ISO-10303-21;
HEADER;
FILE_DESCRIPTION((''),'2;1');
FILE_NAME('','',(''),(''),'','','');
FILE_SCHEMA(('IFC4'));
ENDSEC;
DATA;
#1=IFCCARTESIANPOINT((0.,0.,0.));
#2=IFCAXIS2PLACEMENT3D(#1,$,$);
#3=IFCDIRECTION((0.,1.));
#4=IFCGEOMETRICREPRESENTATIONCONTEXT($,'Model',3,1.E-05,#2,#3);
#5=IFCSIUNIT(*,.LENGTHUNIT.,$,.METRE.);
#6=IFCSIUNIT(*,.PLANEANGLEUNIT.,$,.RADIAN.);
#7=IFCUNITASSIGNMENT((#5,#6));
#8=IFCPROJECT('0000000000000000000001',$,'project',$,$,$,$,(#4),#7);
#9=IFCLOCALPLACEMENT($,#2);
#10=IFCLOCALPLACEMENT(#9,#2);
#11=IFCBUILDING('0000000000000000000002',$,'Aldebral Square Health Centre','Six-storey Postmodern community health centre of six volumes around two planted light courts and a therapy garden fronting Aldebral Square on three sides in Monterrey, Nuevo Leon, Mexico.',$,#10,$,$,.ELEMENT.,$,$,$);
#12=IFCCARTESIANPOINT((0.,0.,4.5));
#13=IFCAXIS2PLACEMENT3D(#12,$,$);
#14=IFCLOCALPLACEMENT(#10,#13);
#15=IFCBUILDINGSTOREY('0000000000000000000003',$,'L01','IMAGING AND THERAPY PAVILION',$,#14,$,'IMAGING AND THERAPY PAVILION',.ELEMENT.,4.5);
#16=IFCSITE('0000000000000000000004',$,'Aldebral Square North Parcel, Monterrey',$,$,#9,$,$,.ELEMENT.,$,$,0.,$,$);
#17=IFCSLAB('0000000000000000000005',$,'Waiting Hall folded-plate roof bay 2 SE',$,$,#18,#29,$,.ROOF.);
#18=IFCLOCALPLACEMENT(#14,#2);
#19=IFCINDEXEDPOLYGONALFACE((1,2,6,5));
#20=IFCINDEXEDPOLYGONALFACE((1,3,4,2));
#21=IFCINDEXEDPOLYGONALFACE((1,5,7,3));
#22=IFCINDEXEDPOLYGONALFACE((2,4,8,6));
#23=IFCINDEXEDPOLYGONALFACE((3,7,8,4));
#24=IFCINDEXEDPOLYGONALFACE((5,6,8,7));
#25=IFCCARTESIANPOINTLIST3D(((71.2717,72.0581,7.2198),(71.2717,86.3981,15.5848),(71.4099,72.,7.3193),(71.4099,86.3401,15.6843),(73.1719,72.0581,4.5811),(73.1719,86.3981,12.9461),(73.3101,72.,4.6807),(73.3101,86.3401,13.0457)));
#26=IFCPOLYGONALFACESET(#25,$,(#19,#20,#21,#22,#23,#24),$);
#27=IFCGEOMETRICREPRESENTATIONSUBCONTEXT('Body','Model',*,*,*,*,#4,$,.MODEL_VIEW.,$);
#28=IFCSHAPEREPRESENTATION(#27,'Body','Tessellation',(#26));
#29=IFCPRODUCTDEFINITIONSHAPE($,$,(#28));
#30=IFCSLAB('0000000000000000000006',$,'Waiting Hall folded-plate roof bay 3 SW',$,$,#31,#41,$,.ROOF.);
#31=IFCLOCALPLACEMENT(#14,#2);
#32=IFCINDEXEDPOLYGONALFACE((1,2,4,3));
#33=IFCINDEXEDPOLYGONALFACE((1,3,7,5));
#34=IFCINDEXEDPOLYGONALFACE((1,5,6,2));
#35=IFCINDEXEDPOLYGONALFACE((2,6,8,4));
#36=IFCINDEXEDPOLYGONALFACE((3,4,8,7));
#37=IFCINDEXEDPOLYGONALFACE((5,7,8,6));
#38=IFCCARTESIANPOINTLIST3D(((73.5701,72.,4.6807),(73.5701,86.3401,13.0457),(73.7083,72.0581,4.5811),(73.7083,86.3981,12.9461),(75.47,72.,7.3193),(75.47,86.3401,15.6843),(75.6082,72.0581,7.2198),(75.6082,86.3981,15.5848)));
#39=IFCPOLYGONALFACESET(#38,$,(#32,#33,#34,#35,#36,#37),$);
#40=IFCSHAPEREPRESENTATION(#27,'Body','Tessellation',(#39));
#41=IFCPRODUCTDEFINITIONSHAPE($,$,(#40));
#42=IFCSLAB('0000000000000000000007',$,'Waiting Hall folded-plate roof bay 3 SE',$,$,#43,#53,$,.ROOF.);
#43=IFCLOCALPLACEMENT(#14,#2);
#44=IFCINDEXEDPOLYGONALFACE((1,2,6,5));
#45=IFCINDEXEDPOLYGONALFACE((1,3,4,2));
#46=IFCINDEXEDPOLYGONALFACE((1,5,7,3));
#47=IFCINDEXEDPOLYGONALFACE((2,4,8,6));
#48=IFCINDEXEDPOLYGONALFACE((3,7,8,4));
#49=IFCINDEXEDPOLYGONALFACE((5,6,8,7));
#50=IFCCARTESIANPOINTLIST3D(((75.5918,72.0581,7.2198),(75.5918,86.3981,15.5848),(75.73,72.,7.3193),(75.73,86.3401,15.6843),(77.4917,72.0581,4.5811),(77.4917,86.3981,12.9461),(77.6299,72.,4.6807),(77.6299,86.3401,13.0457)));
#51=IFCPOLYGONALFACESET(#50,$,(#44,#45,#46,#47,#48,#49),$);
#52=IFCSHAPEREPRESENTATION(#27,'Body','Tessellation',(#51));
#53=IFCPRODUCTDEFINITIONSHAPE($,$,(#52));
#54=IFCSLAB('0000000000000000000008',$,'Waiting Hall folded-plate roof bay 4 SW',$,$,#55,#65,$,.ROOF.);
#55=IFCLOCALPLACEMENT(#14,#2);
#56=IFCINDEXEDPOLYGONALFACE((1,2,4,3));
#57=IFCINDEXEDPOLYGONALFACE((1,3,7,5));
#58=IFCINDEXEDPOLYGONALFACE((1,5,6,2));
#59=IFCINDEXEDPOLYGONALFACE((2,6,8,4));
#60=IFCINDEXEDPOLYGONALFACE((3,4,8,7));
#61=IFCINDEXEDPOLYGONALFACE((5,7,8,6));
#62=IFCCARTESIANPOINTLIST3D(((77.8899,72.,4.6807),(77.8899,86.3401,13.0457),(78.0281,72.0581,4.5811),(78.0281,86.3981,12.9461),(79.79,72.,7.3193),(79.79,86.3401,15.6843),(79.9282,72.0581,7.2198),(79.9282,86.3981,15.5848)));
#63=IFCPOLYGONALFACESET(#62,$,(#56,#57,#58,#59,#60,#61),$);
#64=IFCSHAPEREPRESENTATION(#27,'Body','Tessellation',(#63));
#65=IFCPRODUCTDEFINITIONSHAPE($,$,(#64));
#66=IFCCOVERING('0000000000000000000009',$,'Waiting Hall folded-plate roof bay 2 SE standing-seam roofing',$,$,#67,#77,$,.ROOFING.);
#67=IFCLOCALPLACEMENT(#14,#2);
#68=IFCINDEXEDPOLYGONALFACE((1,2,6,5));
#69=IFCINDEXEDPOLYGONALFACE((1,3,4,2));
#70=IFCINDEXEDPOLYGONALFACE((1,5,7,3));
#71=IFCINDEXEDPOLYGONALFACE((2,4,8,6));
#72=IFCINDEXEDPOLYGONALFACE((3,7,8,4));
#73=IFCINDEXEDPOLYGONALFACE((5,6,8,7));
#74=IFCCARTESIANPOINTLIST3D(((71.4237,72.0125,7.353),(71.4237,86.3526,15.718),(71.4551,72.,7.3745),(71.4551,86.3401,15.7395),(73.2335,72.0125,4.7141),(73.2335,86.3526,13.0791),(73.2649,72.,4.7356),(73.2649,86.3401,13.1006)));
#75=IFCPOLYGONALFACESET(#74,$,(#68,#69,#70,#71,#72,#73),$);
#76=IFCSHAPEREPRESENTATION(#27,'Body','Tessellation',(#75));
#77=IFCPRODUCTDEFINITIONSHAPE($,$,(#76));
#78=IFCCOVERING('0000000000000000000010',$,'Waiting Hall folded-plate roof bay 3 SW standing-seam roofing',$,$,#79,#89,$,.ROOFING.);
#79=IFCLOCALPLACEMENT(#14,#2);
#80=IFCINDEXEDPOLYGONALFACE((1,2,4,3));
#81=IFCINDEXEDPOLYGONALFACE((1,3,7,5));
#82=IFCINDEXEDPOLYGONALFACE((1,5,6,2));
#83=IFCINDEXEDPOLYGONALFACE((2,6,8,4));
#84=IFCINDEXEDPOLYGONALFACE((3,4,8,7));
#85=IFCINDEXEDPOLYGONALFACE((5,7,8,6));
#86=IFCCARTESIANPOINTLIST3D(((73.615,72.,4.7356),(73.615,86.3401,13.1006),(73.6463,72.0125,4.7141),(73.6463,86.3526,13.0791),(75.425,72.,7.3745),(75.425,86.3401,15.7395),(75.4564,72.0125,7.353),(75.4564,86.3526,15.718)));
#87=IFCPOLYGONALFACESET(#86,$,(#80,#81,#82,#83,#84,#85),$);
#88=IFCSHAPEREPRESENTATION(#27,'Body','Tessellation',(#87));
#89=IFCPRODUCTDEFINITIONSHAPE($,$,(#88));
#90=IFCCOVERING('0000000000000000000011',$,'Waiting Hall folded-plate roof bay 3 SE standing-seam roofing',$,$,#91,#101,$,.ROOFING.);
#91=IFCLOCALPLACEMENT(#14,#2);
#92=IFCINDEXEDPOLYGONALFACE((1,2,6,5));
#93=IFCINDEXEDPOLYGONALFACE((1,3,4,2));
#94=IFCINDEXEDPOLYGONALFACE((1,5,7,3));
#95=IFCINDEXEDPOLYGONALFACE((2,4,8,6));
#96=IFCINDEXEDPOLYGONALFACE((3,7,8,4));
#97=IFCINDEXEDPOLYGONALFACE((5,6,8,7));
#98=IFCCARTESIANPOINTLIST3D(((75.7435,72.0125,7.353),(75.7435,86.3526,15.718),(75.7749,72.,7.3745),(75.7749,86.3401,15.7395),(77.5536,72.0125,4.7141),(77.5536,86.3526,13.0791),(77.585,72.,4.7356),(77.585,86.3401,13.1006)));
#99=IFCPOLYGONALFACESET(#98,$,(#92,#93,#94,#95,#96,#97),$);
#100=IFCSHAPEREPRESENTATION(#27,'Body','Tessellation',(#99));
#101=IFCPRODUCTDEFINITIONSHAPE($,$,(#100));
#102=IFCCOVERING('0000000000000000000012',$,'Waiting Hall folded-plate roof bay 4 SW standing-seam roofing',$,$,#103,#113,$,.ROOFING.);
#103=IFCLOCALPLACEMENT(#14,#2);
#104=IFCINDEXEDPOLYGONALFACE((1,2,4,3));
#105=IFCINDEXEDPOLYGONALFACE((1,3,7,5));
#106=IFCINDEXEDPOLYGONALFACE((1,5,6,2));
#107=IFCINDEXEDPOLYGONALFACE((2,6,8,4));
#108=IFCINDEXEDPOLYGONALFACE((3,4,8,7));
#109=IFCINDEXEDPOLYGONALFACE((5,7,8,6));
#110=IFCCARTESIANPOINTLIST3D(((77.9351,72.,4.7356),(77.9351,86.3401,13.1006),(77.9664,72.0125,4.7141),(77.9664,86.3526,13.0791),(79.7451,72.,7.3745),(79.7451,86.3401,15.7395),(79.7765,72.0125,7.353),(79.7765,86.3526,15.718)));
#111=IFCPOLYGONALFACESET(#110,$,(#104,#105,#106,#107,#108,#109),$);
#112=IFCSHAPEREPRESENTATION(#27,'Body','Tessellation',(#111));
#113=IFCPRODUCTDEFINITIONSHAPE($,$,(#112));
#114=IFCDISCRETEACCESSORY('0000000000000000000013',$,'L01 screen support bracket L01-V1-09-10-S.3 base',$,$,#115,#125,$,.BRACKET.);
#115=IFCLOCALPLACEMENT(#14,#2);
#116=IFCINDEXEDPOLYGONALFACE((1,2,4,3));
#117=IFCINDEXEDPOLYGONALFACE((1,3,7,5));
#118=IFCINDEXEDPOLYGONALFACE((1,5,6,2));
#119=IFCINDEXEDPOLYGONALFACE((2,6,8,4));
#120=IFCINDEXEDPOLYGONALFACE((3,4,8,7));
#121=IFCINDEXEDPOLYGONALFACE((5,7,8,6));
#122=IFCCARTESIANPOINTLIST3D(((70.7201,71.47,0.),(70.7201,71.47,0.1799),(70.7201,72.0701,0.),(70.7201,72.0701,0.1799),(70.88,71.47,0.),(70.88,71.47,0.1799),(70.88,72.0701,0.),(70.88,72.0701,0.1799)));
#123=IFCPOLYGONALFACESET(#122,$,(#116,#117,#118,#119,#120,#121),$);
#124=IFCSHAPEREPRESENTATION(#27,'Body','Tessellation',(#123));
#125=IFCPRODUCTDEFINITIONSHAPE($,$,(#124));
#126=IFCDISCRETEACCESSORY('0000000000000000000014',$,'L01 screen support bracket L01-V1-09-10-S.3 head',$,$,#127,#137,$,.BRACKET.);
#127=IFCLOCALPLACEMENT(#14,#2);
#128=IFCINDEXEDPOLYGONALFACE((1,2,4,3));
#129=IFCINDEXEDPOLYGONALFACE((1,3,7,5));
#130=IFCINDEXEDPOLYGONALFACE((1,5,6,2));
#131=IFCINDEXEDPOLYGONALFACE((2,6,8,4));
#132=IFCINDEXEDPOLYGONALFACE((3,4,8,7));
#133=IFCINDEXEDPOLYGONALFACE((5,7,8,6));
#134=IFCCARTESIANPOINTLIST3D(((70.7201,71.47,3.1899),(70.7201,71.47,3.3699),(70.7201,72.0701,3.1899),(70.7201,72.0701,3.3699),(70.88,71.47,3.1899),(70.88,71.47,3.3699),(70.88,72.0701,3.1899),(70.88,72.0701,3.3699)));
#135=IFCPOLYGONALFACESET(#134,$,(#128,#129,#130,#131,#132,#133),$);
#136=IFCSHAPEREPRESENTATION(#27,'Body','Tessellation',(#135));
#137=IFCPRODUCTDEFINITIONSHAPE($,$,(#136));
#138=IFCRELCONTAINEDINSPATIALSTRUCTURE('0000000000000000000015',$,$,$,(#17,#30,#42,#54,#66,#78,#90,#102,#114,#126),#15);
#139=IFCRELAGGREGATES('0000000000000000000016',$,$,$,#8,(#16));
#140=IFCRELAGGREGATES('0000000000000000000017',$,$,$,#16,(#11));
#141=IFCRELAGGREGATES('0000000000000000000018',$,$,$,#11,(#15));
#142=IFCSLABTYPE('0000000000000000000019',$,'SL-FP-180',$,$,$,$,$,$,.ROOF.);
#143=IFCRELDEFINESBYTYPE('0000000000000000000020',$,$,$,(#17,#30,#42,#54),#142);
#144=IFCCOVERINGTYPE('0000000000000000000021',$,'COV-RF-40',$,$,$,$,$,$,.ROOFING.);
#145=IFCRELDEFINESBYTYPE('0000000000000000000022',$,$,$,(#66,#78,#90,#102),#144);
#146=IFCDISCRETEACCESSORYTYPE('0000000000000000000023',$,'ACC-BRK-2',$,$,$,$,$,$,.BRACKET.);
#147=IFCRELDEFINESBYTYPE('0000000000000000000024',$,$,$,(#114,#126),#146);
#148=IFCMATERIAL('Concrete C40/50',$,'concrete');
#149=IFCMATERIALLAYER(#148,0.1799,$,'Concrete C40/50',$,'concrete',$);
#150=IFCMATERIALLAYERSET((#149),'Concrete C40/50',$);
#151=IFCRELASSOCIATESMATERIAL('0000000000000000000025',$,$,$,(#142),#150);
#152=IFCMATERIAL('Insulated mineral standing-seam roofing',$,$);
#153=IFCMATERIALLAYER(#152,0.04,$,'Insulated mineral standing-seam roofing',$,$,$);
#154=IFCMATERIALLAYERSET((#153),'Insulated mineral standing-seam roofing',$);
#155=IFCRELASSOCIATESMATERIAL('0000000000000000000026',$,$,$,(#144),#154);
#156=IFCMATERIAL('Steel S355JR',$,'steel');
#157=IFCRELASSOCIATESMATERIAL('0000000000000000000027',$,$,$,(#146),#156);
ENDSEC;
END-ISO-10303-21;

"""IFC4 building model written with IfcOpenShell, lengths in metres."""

from ifc_helpers import new_model, si_unit, direction, frame, origin, origin_2d, place, context, subcontext, project, spatial, polyline, rectangle, outline, extrude, material, layer, layer_set, type_object, element, save


model = new_model("IFC4")

# Units and contexts
model_context = context("Model", 3, precision=1e-05, world=origin(), true_north=direction((0.0, 1.0)))
body_context = subcontext(model_context, "Body", "Model", "MODEL_VIEW")
ifc_project = project(units=[si_unit("LENGTHUNIT", "METRE"), si_unit("PLANEANGLEUNIT", "RADIAN")], contexts=[model_context])

# Site, building, storey
site_placement = place(None, origin())
site = spatial("IfcSite", under=ifc_project, at=site_placement, Name="Aldebral Square North Parcel, Monterrey", CompositionType="ELEMENT", RefElevation=0.0)
building_placement = place(site_placement, origin())
building = spatial("IfcBuilding", under=site, at=building_placement, Name="Aldebral Square Health Centre", Description="Six-storey Postmodern community health centre of six volumes around two planted light courts and a therapy garden fronting Aldebral Square on three sides in Monterrey, Nuevo Leon, Mexico.", CompositionType="ELEMENT")
storey_placement = place(building_placement, frame((0.0, 0.0, 4.5)))
storey = spatial("IfcBuildingStorey", under=building, at=storey_placement, Name="L01", Description="IMAGING AND THERAPY PAVILION", LongName="IMAGING AND THERAPY PAVILION", CompositionType="ELEMENT", Elevation=4.5)

# Shared definitions
ifc_material_1 = material(Name="Concrete C40/50", Category="concrete")

# Slabs
ifc_layer_1 = layer(ifc_material_1, 0.1799, Name="Concrete C40/50", Category="concrete")
ifc_layer_set_1 = layer_set([ifc_layer_1], Name="Concrete C40/50")
slab_type = type_object("IfcSlabType", Name="SL-FP-180", PredefinedType="ROOF", material=ifc_layer_set_1)
slab_1_placement = place(storey_placement, frame((71.4099, 72.0, 7.3193), z_axis=(0.768091, -0.322647, 0.553114), x_axis=(0.584366, 0.0, -0.81149)))
element("IfcSlab", 1, at=slab_1_placement, inside=storey, type_object=slab_type, Name="Waiting Hall folded-plate roof bay 2 SE", PredefinedType="ROOF", context=body_context, shape_type="SweptSolid", body=[
    extrude(outline(polyline([(0.0, 0.0), (3.2516, 0.0), (-3.5365, 15.1503), (-6.7881, 15.1503), (0.0, 0.0)])), origin(), (0.0, 0.0, -1.0), 0.1799),
])
slab_2_placement = place(storey_placement, frame((73.5701, 72.0, 4.6807), z_axis=(-0.768132, -0.322623, 0.553072), x_axis=(0.584317, 0.0, 0.811526)))
element("IfcSlab", 2, at=slab_2_placement, inside=storey, type_object=slab_type, Name="Waiting Hall folded-plate roof bay 3 SW", PredefinedType="ROOF", context=body_context, shape_type="SweptSolid", body=[
    extrude(outline(polyline([(0.0, 0.0), (3.2515, 0.0), (10.0399, 15.1502), (6.7884, 15.1502), (0.0, 0.0)])), origin(), (0.0, 0.0, -1.0), 0.1799),
])
slab_3_placement = place(storey_placement, frame((75.73, 72.0, 7.3193), z_axis=(0.768132, -0.322623, 0.553072), x_axis=(0.584317, 0.0, -0.811526)))
element("IfcSlab", 3, at=slab_3_placement, inside=storey, type_object=slab_type, Name="Waiting Hall folded-plate roof bay 3 SE", PredefinedType="ROOF", context=body_context, shape_type="SweptSolid", body=[
    extrude(outline(polyline([(0.0, 0.0), (3.2515, 0.0), (-3.5369, 15.1502), (-6.7884, 15.1502), (0.0, 0.0)])), origin(), (0.0, 0.0, -1.0), 0.1799),
])
slab_4_placement = place(storey_placement, frame((77.8899, 72.0, 4.6807), z_axis=(-0.768091, -0.322647, 0.553114), x_axis=(0.584366, 0.0, 0.81149)))
element("IfcSlab", 4, at=slab_4_placement, inside=storey, type_object=slab_type, Name="Waiting Hall folded-plate roof bay 4 SW", PredefinedType="ROOF", context=body_context, shape_type="SweptSolid", body=[
    extrude(outline(polyline([(0.0, 0.0), (3.2516, 0.0), (10.0397, 15.1503), (6.7881, 15.1503), (0.0, 0.0)])), origin(), (0.0, 0.0, -1.0), 0.1799),
])

# Coverings
ifc_material_2 = material(Name="Insulated mineral standing-seam roofing")
ifc_layer_2 = layer(ifc_material_2, 0.04, Name="Insulated mineral standing-seam roofing")
ifc_layer_set_2 = layer_set([ifc_layer_2], Name="Insulated mineral standing-seam roofing")
covering_type = type_object("IfcCoveringType", Name="COV-RF-40", PredefinedType="ROOFING", material=ifc_layer_set_2)
covering_1_placement = place(storey_placement, frame((71.4551, 72.0, 7.3745), z_axis=(0.783166, -0.313311, 0.537109), x_axis=(0.565586, 0.0, -0.824689)))
element("IfcCovering", 5, at=covering_1_placement, inside=storey, type_object=covering_type, Name="Waiting Hall folded-plate roof bay 2 SE standing-seam roofing", PredefinedType="ROOFING", context=body_context, shape_type="SweptSolid", body=[
    extrude(outline(polyline([(0.0, 0.0), (3.1999, 0.0), (-3.6986, 15.1004), (-6.8985, 15.1004), (0.0, 0.0)])), origin(), (0.0, 0.0, -1.0), 0.04),
])
covering_2_placement = place(storey_placement, frame((73.615, 72.0, 4.7356), z_axis=(-0.783126, -0.313337, 0.537154), x_axis=(0.565638, 0.0, 0.824654)))
element("IfcCovering", 6, at=covering_2_placement, inside=storey, type_object=covering_type, Name="Waiting Hall folded-plate roof bay 3 SW standing-seam roofing", PredefinedType="ROOFING", context=body_context, shape_type="SweptSolid", body=[
    extrude(outline(polyline([(0.0, 0.0), (3.2, 0.0), (10.0982, 15.1005), (6.8982, 15.1005), (0.0, 0.0)])), origin(), (0.0, 0.0, -1.0), 0.04),
])
covering_3_placement = place(storey_placement, frame((75.7749, 72.0, 7.3745), z_axis=(0.783126, -0.313337, 0.537154), x_axis=(0.565638, 0.0, -0.824654)))
element("IfcCovering", 7, at=covering_3_placement, inside=storey, type_object=covering_type, Name="Waiting Hall folded-plate roof bay 3 SE standing-seam roofing", PredefinedType="ROOFING", context=body_context, shape_type="SweptSolid", body=[
    extrude(outline(polyline([(0.0, 0.0), (3.2, 0.0), (-3.6982, 15.1005), (-6.8982, 15.1005), (0.0, 0.0)])), origin(), (0.0, 0.0, -1.0), 0.04),
])
covering_4_placement = place(storey_placement, frame((77.9351, 72.0, 4.7356), z_axis=(-0.783126, -0.313337, 0.537154), x_axis=(0.565638, 0.0, 0.824654)))
element("IfcCovering", 8, at=covering_4_placement, inside=storey, type_object=covering_type, Name="Waiting Hall folded-plate roof bay 4 SW standing-seam roofing", PredefinedType="ROOFING", context=body_context, shape_type="SweptSolid", body=[
    extrude(outline(polyline([(0.0, 0.0), (3.2, 0.0), (10.0982, 15.1005), (6.8982, 15.1005), (0.0, 0.0)])), origin(), (0.0, 0.0, -1.0), 0.04),
])

# Discrete accessories
ifc_material_3 = material(Name="Steel S355JR", Category="steel")
discrete_accessory_type = type_object("IfcDiscreteAccessoryType", Name="ACC-BRK-2", PredefinedType="BRACKET", material=ifc_material_3)
for number, where, z_axis, x_axis, name in (
    (9, (70.8, 71.77, 0.0), (0.0, 0.0, 1.0), (1.0, 0.0, 0.0), "L01 screen support bracket L01-V1-09-10-S.3 base"),
    (10, (70.8, 71.77, 3.1899), (0.0, 0.0, 1.0), (1.0, 0.0, 0.0), "L01 screen support bracket L01-V1-09-10-S.3 head"),
):
    element("IfcDiscreteAccessory", number, at=place(storey_placement, frame(where, z_axis=z_axis, x_axis=x_axis)), inside=storey, type_object=discrete_accessory_type, Name=name, PredefinedType="BRACKET", context=body_context, shape_type="SweptSolid", body=[
        extrude(rectangle(XDim=0.1599, YDim=0.6001, at=origin_2d()), origin(), (0.0, 0.0, 1.0), 0.1799),
    ])

save(model, "model.ifc")
